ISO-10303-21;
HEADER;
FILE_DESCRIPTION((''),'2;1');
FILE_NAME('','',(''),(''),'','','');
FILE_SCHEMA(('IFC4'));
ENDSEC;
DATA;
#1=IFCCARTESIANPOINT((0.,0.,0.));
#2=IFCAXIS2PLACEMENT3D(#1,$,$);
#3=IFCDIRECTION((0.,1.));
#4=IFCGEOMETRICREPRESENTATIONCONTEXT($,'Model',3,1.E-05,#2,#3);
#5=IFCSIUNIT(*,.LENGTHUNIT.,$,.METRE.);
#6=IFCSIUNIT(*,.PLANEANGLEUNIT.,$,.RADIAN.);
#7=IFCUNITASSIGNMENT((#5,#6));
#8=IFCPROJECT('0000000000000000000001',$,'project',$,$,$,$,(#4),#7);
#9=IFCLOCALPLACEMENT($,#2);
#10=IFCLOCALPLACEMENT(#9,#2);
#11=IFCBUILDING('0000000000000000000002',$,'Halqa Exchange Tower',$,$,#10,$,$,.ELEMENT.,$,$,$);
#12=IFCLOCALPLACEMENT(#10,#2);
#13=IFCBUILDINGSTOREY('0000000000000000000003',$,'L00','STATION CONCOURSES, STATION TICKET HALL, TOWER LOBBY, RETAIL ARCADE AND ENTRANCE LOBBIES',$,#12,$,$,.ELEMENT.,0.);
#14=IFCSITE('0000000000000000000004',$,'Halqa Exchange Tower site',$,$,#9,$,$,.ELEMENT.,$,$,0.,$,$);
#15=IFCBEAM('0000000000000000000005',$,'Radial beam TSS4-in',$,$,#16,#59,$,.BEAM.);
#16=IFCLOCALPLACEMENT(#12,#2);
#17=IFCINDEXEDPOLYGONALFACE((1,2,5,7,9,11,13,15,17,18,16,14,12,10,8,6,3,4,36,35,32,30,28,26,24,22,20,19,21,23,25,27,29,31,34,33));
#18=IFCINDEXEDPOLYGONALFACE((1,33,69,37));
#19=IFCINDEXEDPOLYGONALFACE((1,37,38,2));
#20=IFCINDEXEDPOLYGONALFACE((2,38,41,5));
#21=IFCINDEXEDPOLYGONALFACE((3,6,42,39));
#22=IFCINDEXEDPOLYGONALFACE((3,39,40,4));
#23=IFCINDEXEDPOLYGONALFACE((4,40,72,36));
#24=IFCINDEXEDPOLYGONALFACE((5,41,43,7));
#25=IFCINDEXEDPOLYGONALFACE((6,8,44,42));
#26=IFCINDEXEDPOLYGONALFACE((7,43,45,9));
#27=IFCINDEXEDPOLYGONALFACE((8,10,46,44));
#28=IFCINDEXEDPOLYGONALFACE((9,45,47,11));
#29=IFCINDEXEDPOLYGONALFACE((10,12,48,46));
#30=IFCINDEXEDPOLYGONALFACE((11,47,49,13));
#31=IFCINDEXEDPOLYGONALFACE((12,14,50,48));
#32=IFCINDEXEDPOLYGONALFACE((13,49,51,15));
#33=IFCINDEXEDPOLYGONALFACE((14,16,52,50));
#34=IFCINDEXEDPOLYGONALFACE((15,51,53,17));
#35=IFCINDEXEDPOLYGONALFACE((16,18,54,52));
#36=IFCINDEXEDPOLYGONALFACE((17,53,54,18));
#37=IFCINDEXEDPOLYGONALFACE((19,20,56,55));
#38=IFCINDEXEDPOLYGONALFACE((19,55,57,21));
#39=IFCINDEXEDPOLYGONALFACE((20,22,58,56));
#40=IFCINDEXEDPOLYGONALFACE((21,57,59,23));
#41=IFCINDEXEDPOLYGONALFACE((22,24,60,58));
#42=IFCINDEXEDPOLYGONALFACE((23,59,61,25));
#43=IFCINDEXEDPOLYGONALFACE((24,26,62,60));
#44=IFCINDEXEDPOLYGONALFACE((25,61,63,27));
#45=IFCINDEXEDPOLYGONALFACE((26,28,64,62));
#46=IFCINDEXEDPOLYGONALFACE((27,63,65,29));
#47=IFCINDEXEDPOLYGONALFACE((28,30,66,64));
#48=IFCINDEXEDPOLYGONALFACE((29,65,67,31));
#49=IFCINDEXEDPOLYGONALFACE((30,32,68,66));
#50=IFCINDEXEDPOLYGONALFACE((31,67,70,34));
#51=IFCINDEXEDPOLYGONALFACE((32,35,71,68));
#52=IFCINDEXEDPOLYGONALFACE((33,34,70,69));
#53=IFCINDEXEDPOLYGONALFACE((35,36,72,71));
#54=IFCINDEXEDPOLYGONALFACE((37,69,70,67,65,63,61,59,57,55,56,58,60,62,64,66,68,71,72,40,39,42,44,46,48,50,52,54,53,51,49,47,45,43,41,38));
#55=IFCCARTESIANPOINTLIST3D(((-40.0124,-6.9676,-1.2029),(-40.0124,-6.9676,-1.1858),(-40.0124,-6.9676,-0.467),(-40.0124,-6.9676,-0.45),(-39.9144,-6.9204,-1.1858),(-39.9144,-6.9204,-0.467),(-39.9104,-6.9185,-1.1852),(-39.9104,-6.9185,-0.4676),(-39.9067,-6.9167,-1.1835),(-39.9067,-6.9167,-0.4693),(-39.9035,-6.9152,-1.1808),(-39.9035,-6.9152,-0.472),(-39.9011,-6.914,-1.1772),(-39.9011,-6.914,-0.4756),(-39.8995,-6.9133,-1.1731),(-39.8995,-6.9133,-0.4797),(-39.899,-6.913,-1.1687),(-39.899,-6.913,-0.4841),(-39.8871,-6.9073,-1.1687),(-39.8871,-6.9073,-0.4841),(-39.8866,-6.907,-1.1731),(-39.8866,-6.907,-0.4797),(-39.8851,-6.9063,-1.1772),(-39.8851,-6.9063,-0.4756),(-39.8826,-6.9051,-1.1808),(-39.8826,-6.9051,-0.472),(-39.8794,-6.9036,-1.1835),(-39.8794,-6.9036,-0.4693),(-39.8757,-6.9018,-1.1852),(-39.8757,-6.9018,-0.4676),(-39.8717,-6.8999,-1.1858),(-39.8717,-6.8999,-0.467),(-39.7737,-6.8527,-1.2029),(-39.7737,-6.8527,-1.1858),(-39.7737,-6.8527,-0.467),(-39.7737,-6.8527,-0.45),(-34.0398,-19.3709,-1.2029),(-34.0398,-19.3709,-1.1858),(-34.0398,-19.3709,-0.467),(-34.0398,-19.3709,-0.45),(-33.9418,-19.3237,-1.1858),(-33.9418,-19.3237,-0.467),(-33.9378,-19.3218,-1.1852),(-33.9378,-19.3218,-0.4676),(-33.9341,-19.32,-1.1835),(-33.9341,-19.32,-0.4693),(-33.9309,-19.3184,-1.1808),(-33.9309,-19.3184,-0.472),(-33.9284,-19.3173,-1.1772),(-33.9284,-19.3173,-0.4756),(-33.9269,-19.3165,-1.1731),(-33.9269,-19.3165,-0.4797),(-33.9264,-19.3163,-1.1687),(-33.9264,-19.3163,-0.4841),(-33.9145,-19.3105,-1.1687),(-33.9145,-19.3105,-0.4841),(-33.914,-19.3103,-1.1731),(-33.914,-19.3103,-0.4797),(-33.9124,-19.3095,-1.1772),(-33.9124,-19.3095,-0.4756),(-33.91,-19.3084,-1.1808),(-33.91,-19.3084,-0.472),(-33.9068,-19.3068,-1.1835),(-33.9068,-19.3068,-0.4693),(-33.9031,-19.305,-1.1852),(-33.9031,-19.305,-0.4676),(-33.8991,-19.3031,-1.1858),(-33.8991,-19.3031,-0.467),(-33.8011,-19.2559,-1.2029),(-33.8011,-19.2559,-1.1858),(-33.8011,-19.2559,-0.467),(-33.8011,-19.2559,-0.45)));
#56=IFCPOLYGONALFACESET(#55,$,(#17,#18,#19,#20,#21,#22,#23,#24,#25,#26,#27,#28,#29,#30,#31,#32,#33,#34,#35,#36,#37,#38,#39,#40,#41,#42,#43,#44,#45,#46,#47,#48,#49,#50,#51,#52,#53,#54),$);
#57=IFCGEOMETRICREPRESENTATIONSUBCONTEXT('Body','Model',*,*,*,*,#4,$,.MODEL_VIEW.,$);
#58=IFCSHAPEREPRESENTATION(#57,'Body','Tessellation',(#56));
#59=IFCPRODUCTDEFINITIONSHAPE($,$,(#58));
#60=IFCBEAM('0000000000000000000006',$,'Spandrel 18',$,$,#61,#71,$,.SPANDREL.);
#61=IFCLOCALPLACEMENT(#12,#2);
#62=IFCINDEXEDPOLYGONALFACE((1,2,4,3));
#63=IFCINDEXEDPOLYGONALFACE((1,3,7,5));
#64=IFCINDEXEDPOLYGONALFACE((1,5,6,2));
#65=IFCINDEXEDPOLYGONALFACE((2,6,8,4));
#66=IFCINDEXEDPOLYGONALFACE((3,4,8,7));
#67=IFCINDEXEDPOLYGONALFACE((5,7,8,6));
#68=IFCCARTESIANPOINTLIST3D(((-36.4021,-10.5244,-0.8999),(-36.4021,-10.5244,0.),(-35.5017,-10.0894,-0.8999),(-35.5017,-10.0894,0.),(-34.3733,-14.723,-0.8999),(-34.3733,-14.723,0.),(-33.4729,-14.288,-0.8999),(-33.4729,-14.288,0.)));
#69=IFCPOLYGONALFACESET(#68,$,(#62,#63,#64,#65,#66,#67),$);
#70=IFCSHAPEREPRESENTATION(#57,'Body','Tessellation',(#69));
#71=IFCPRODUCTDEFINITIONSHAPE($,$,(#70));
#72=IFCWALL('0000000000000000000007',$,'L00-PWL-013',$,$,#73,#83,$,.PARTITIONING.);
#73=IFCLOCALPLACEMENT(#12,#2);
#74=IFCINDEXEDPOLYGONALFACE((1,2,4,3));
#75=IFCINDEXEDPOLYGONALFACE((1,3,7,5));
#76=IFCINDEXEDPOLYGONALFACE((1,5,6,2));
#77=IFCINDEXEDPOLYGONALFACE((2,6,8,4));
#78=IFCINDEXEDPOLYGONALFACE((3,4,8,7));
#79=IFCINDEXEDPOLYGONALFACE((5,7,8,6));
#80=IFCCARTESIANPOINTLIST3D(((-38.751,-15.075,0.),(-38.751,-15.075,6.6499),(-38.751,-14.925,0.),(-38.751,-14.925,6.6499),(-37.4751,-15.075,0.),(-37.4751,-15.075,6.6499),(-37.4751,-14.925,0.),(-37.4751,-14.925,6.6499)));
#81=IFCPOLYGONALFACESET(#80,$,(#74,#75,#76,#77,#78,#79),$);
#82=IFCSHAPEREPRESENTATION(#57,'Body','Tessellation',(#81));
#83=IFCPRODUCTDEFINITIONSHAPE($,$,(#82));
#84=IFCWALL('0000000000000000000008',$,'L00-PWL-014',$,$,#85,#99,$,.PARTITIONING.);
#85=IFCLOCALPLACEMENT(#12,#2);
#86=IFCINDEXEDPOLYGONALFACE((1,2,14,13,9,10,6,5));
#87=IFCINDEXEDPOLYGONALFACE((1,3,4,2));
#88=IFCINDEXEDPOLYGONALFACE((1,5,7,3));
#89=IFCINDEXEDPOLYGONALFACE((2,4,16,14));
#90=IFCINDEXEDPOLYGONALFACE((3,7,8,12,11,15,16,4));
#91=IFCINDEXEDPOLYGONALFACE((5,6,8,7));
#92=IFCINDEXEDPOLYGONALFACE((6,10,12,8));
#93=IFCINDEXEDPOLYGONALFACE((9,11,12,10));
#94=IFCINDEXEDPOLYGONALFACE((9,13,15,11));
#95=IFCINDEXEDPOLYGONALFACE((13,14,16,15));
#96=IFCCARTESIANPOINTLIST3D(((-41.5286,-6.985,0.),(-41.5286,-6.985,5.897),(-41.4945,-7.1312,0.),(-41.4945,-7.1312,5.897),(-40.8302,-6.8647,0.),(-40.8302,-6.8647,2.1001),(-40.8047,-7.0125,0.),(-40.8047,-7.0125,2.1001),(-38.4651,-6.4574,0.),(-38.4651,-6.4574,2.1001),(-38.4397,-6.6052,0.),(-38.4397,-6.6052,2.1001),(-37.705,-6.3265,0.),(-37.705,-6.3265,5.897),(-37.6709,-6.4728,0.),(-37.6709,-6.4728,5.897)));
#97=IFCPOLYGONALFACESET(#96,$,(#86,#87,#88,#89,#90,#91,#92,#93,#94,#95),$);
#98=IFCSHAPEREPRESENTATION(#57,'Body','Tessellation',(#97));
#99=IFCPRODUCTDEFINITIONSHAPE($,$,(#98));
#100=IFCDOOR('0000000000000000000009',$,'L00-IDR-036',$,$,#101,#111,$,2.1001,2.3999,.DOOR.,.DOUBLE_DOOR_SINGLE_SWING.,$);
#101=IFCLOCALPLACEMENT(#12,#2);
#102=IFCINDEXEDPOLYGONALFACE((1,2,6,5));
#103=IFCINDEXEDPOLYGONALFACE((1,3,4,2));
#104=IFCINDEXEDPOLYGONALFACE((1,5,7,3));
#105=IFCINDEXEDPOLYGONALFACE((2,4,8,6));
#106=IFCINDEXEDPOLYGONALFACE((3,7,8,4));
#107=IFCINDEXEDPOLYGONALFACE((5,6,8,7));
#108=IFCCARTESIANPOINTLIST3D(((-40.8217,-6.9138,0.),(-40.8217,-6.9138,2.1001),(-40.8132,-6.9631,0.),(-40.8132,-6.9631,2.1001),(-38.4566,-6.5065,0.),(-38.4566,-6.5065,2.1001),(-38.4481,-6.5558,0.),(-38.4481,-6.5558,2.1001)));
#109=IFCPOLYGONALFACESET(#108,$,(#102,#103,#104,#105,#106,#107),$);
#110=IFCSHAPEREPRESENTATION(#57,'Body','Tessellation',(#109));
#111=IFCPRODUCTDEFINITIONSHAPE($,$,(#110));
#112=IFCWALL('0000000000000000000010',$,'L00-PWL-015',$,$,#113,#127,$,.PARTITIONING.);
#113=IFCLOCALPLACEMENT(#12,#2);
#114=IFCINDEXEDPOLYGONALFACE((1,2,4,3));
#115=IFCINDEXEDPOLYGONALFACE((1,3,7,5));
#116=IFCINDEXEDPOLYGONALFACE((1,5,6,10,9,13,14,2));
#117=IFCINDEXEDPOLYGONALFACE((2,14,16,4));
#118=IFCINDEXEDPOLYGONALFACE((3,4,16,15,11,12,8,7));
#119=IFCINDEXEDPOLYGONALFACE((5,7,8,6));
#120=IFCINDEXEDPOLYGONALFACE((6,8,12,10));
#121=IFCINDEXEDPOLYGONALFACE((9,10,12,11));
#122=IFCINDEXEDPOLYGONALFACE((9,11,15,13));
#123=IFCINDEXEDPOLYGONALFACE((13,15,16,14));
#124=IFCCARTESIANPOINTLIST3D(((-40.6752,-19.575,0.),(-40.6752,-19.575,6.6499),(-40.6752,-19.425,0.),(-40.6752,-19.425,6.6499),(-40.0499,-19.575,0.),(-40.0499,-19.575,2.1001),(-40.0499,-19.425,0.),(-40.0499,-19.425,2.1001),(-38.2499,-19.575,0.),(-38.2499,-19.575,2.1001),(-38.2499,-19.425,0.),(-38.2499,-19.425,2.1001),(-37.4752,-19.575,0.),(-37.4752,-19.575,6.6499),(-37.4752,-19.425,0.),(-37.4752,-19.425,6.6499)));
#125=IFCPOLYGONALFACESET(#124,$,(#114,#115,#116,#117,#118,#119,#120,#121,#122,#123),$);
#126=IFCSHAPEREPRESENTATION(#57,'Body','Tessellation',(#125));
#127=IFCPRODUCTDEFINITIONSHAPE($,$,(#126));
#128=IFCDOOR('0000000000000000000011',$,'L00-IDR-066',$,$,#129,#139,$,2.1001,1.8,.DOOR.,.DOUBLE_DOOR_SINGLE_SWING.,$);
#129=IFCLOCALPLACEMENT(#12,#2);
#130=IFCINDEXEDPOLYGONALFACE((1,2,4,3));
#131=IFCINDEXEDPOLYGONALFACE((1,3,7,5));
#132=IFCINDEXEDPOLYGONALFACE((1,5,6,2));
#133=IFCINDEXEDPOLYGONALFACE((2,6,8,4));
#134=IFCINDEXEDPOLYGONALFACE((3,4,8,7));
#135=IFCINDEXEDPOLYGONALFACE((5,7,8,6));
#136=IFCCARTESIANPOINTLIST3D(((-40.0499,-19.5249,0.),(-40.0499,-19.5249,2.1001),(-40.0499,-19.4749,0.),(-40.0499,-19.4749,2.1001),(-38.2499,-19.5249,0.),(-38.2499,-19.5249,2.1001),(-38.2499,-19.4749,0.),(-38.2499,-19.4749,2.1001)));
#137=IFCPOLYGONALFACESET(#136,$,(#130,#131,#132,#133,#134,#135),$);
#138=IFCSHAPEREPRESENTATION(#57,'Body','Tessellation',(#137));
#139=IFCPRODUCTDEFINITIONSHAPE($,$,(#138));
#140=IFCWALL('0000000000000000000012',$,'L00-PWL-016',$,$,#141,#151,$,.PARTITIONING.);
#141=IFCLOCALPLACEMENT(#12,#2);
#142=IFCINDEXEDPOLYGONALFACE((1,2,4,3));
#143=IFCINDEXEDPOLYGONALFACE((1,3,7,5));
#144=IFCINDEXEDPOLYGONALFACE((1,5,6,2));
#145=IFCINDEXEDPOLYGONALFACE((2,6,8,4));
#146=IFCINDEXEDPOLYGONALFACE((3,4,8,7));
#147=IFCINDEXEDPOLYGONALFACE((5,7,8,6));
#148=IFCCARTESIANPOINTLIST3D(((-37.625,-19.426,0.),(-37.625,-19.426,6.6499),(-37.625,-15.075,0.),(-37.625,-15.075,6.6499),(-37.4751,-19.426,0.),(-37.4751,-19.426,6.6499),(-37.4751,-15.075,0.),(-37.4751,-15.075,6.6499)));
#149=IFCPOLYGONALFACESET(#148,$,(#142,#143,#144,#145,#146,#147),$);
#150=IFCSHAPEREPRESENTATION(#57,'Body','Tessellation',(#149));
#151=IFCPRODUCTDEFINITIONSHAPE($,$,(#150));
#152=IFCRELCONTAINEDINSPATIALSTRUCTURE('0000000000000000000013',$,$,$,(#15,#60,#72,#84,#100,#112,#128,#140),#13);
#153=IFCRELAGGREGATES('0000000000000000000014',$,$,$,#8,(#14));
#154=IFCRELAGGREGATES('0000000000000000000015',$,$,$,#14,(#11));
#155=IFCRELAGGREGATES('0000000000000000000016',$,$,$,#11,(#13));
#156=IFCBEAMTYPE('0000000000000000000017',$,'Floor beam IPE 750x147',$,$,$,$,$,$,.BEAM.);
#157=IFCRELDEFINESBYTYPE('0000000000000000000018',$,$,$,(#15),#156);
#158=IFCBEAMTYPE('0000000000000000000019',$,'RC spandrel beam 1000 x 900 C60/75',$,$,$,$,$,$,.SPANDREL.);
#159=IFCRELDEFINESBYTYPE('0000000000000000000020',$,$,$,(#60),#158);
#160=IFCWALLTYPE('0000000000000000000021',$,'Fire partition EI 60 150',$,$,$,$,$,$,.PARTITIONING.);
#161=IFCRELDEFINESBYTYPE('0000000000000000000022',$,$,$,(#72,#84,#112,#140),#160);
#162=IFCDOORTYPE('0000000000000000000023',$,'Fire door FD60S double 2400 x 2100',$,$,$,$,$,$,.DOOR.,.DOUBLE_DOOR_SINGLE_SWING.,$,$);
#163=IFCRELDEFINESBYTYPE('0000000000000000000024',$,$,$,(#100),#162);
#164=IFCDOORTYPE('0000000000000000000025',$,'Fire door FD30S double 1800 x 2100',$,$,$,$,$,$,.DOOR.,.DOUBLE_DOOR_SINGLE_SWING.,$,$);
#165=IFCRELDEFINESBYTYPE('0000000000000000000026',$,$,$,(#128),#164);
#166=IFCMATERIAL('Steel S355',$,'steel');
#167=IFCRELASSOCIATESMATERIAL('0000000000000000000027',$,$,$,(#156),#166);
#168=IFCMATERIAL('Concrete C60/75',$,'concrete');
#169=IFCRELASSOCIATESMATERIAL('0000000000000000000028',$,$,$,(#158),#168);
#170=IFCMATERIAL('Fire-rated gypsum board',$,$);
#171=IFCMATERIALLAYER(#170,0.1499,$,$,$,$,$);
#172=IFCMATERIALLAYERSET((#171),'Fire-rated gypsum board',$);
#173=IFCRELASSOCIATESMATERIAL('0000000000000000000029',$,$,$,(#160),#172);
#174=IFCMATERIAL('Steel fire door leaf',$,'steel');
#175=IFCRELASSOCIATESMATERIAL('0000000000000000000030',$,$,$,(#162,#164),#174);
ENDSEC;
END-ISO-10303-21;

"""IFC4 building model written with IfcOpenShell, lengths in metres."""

from ifc_helpers import new_model, si_unit, direction, frame, frame_2d, origin, origin_2d, place, context, subcontext, project, spatial, polyline, rectangle, i_section, outline, extrude, material, layer, layer_set, material_profile, profile_set, type_object, element, fill, save


model = new_model("IFC4")

# Units and contexts
model_context = context("Model", 3, precision=1e-05, world=origin(), true_north=direction((0.0, 1.0)))
body_context = subcontext(model_context, "Body", "Model", "MODEL_VIEW")
ifc_project = project(units=[si_unit("LENGTHUNIT", "METRE"), si_unit("PLANEANGLEUNIT", "RADIAN")], contexts=[model_context])

# Site, building, storey
site_placement = place(None, origin())
site = spatial("IfcSite", under=ifc_project, at=site_placement, Name="Halqa Exchange Tower site", CompositionType="ELEMENT", RefElevation=0.0)
building_placement = place(site_placement, origin())
building = spatial("IfcBuilding", under=site, at=building_placement, Name="Halqa Exchange Tower", CompositionType="ELEMENT")
storey_placement = place(building_placement, origin())
storey = spatial("IfcBuildingStorey", under=building, at=storey_placement, Name="L00", Description="STATION CONCOURSES, STATION TICKET HALL, TOWER LOBBY, RETAIL ARCADE AND ENTRANCE LOBBIES", CompositionType="ELEMENT", Elevation=0.0)

# Beams
ifc_material_1 = material(Name="Steel S355", Category="steel")
ifc_material_profile_1 = material_profile(ifc_material_1, i_section(OverallWidth=0.2649, OverallDepth=0.7529, WebThickness=0.0132, FlangeThickness=0.0171, FilletRadius=0.0171, at=origin_2d()), Name="IPE 750x147")
ifc_profile_set_1 = profile_set([ifc_material_profile_1], Name="Steel S355")
beam_type_1 = type_object("IfcBeamType", Name="Floor beam IPE 750x147", PredefinedType="BEAM", material=ifc_profile_set_1)
beam_1_placement = place(storey_placement, frame((-39.8931, -6.9102, -0.8264), z_axis=(0.433856, -0.900982, 0.0), x_axis=(0.900982, 0.433856, 0.0)))
element("IfcBeam", 1, at=beam_1_placement, inside=storey, type_object=beam_type_1, Name="Radial beam TSS4-in", PredefinedType="BEAM", context=body_context, shape_type="SweptSolid", body=[
    extrude(i_section(OverallWidth=0.2649, OverallDepth=0.7529, WebThickness=0.0132, FlangeThickness=0.0171, FilletRadius=0.0171, at=origin_2d()), origin(), (0.0, 0.0, 1.0), 13.7664),
])
ifc_material_2 = material(Name="Concrete C60/75", Category="concrete")
ifc_material_profile_2 = material_profile(ifc_material_2, rectangle(XDim=1.0, YDim=0.8999, at=origin_2d()), Name="1000 x 900")
ifc_profile_set_2 = profile_set([ifc_material_profile_2], Name="Concrete C60/75")
beam_type_2 = type_object("IfcBeamType", Name="RC spandrel beam 1000 x 900 C60/75", PredefinedType="SPANDREL", material=ifc_profile_set_2)
beam_2_placement = place(storey_placement, frame((-35.9519, -10.3069, -0.45), z_axis=(0.435068, -0.900397, 0.0), x_axis=(0.900397, 0.435068, 0.0)))
element("IfcBeam", 2, at=beam_2_placement, inside=storey, type_object=beam_type_2, Name="Spandrel 18", PredefinedType="SPANDREL", context=body_context, shape_type="SweptSolid", body=[
    extrude(rectangle(XDim=1.0, YDim=0.8999, at=origin_2d()), origin(), (0.0, 0.0, 1.0), 4.6631),
])

# Wall
ifc_material_3 = material(Name="Fire-rated gypsum board")
ifc_layer_1 = layer(ifc_material_3, 0.1499)
ifc_layer_set_1 = layer_set([ifc_layer_1], Name="Fire-rated gypsum board")
wall_type_1 = type_object("IfcWallType", Name="Fire partition EI 60 150", PredefinedType="PARTITIONING", material=ifc_layer_set_1)
wall_1_placement = place(storey_placement, frame((-38.751, -15.0, 0.0), z_axis=(0.0, 0.0, 1.0), x_axis=(1.0, 0.0, 0.0)))
element("IfcWall", 3, at=wall_1_placement, inside=storey, type_object=wall_type_1, Name="L00-PWL-013", PredefinedType="PARTITIONING", context=body_context, shape_type="SweptSolid", body=[
    extrude(rectangle(XDim=1.2759, YDim=0.1499, at=frame_2d((0.6379, 0.0))), origin(), (0.0, 0.0, 1.0), 6.6499),
])

# Walls, openings, doors
wall_2_placement = place(storey_placement, frame((-37.688, -6.3997, 0.0), z_axis=(0.0, 0.0, 1.0), x_axis=(-0.985494, -0.169713, 0.0)))
wall_2 = element("IfcWall", 4, at=wall_2_placement, inside=storey, type_object=wall_type_1, Name="L00-PWL-014", PredefinedType="PARTITIONING", context=body_context, shape_type="SweptSolid", body=[
    extrude(outline(polyline([(0.0044, -0.075), (3.8843, -0.075), (3.8755, 0.075), (-0.0044, 0.075), (0.0044, -0.075)])), origin(), (0.0, 0.0, 1.0), 5.897),
])
opening_1_placement = place(wall_2_placement, frame((0.7756, 0.0, 0.0)))
opening_1 = element("IfcOpeningElement", 5, at=opening_1_placement, cuts=wall_2, PredefinedType="OPENING", context=body_context, shape_type="SweptSolid", body=[
    extrude(rectangle(XDim=2.3999, YDim=2.1001, at=frame_2d((1.2, 1.05))), frame((0.0, 0.0869, 0.0), z_axis=(0.0, -1.0, 0.0), x_axis=(1.0, 0.0, 0.0)), (0.0, 0.0, 1.0), 0.1738),
])
ifc_material_4 = material(Name="Steel fire door leaf", Category="steel")
door_type_1 = type_object("IfcDoorType", Name="Fire door FD60S double 2400 x 2100", OperationType="DOUBLE_DOOR_SINGLE_SWING", PredefinedType="DOOR", material=ifc_material_4)
door_1_placement = place(opening_1_placement, origin())
door_1 = element("IfcDoor", 6, at=door_1_placement, inside=storey, type_object=door_type_1, Name="L00-IDR-036", OperationType="DOUBLE_DOOR_SINGLE_SWING", OverallHeight=2.1001, OverallWidth=2.3999, PredefinedType="DOOR", context=body_context, shape_type="SweptSolid", body=[
    extrude(rectangle(XDim=2.3999, YDim=2.1001, at=frame_2d((1.2, 1.05))), frame((0.0, 0.0249, 0.0), z_axis=(0.0, -1.0, 0.0), x_axis=(1.0, 0.0, 0.0)), (0.0, 0.0, 1.0), 0.05),
])
fill(opening_1, door_1)
wall_3_placement = place(storey_placement, frame((-37.4751, -19.5, 0.0), z_axis=(0.0, 0.0, 1.0), x_axis=(-1.0, 0.0, 0.0)))
wall_3 = element("IfcWall", 7, at=wall_3_placement, inside=storey, type_object=wall_type_1, Name="L00-PWL-015", PredefinedType="PARTITIONING", context=body_context, shape_type="SweptSolid", body=[
    extrude(rectangle(XDim=3.2, YDim=0.1499, at=frame_2d((1.6001, 0.0))), origin(), (0.0, 0.0, 1.0), 6.6499),
])
opening_2_placement = place(wall_3_placement, frame((0.7749, 0.0, 0.0)))
opening_2 = element("IfcOpeningElement", 8, at=opening_2_placement, cuts=wall_3, PredefinedType="OPENING", context=body_context, shape_type="SweptSolid", body=[
    extrude(rectangle(XDim=1.8, YDim=2.1001, at=frame_2d((0.8999, 1.05))), frame((0.0, 0.0869, 0.0), z_axis=(0.0, -1.0, 0.0), x_axis=(1.0, 0.0, 0.0)), (0.0, 0.0, 1.0), 0.1738),
])
door_type_2 = type_object("IfcDoorType", Name="Fire door FD30S double 1800 x 2100", OperationType="DOUBLE_DOOR_SINGLE_SWING", PredefinedType="DOOR", material=ifc_material_4)
door_2_placement = place(opening_2_placement, origin())
door_2 = element("IfcDoor", 9, at=door_2_placement, inside=storey, type_object=door_type_2, Name="L00-IDR-066", OperationType="DOUBLE_DOOR_SINGLE_SWING", OverallHeight=2.1001, OverallWidth=1.8, PredefinedType="DOOR", context=body_context, shape_type="SweptSolid", body=[
    extrude(rectangle(XDim=1.8, YDim=2.1001, at=frame_2d((0.8999, 1.05))), frame((0.0, 0.0249, 0.0), z_axis=(0.0, -1.0, 0.0), x_axis=(1.0, 0.0, 0.0)), (0.0, 0.0, 1.0), 0.05),
])
fill(opening_2, door_2)

# Wall
wall_4_placement = place(storey_placement, frame((-37.55, -19.426, 0.0), z_axis=(0.0, 0.0, 1.0), x_axis=(0.0, 1.0, 0.0)))
element("IfcWall", 10, at=wall_4_placement, inside=storey, type_object=wall_type_1, Name="L00-PWL-016", PredefinedType="PARTITIONING", context=body_context, shape_type="SweptSolid", body=[
    extrude(rectangle(XDim=4.3511, YDim=0.1499, at=frame_2d((2.1755, 0.0))), origin(), (0.0, 0.0, 1.0), 6.6499),
])

save(model, "model.ifc")
